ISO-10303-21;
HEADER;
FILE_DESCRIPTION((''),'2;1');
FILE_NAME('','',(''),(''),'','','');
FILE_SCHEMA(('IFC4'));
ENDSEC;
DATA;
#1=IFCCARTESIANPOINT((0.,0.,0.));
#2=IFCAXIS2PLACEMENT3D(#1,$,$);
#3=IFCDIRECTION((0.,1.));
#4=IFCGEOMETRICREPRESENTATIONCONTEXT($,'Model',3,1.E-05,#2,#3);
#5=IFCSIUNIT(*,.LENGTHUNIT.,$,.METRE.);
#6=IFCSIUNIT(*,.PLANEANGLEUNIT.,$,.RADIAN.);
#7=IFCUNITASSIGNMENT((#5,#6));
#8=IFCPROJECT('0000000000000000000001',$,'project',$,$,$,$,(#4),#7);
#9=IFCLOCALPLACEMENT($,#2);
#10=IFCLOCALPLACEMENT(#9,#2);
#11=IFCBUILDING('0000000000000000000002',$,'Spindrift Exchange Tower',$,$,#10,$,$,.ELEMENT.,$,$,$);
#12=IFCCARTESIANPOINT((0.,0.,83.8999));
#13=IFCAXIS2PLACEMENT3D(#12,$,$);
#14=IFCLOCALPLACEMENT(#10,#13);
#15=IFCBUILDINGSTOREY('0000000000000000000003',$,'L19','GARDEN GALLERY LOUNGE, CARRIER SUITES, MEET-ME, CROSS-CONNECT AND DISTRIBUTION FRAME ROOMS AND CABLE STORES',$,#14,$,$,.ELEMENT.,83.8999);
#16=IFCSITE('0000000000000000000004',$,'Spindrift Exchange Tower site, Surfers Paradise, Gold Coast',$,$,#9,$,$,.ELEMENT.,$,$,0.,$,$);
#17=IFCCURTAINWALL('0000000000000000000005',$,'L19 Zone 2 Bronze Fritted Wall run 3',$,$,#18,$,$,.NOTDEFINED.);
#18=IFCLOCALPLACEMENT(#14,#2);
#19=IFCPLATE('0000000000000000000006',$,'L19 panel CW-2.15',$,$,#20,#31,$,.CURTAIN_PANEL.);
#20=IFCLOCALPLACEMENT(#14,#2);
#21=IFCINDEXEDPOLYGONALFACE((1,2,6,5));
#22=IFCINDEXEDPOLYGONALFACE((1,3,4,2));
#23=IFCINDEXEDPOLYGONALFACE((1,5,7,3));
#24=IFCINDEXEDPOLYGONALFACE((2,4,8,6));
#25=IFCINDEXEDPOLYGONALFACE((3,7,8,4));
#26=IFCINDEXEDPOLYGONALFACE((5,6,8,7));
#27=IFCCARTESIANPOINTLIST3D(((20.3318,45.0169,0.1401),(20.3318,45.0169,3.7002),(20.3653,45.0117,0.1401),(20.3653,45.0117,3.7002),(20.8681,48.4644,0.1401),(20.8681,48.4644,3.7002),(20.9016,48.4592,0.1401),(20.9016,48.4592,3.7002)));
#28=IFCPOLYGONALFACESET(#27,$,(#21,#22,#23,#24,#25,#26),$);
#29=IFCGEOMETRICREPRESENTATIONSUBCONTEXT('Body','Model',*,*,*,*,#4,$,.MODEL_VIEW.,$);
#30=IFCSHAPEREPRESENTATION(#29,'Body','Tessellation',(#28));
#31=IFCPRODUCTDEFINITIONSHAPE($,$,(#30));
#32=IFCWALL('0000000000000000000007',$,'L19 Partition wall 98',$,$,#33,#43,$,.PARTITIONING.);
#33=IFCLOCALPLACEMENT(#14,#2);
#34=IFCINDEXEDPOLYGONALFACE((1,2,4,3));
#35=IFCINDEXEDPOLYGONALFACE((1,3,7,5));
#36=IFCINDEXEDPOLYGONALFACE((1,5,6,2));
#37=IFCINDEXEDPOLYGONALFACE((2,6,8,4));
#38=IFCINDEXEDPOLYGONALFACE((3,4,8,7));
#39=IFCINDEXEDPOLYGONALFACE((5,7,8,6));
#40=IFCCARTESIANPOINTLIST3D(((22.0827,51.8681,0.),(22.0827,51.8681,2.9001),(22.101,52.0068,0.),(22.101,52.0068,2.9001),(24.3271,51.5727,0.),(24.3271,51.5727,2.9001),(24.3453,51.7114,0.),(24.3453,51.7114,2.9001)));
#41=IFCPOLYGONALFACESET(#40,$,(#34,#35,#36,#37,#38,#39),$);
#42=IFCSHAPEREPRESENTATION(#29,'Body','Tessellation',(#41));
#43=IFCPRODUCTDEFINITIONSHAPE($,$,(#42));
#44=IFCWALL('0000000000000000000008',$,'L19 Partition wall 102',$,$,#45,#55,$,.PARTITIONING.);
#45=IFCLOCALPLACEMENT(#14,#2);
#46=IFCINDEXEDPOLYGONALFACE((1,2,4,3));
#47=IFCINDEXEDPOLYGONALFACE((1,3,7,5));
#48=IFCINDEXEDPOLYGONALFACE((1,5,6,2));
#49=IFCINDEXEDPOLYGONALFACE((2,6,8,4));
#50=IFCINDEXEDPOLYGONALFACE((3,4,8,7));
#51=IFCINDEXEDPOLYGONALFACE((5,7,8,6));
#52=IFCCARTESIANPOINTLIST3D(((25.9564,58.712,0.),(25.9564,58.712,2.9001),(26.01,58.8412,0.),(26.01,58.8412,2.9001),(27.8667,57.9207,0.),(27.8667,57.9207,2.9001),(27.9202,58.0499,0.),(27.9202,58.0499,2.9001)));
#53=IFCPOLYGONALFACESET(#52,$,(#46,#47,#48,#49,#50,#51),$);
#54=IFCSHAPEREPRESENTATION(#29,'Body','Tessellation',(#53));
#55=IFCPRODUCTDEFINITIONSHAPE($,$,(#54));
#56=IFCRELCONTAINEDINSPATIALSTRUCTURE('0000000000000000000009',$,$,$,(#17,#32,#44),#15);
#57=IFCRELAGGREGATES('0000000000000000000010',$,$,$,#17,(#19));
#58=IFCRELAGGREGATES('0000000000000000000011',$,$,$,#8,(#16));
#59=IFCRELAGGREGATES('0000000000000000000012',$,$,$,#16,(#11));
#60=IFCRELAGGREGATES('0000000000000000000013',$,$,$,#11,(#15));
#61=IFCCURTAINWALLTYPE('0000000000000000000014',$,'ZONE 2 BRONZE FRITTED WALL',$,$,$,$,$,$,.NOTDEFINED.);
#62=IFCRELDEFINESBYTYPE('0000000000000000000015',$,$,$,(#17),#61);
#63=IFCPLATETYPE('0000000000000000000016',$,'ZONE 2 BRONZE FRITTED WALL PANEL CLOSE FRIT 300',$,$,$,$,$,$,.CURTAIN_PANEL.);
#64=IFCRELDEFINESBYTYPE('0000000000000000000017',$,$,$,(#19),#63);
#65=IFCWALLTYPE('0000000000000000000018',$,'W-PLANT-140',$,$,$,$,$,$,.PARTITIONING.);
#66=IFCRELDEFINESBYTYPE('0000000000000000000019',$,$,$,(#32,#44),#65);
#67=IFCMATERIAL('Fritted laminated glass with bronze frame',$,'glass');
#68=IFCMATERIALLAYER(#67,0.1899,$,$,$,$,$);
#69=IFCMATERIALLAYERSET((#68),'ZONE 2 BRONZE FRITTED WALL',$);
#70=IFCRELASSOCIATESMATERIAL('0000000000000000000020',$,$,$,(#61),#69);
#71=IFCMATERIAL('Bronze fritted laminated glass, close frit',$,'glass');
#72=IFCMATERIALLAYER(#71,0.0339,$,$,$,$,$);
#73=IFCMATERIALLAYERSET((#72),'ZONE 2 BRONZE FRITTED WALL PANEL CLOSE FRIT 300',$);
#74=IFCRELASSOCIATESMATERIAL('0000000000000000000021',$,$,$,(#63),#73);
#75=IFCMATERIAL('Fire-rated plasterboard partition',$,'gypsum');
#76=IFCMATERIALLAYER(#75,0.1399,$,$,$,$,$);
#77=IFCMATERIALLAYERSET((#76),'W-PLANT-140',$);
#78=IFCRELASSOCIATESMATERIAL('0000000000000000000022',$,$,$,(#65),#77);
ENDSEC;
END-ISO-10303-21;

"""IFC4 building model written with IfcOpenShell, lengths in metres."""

from ifc_helpers import new_model, si_unit, direction, frame, frame_2d, origin, origin_2d, place, context, subcontext, project, spatial, rectangle, extrude, source, transform, mapped, material, layer, layer_set, type_object, element, aggregate, save


model = new_model("IFC4")

# Units and contexts
model_context = context("Model", 3, precision=1e-05, world=origin(), true_north=direction((0.0, 1.0)))
body_context = subcontext(model_context, "Body", "Model", "MODEL_VIEW")
ifc_project = project(units=[si_unit("LENGTHUNIT", "METRE"), si_unit("PLANEANGLEUNIT", "RADIAN")], contexts=[model_context])

# Site, building, storey
site_placement = place(None, origin())
site = spatial("IfcSite", under=ifc_project, at=site_placement, Name="Spindrift Exchange Tower site, Surfers Paradise, Gold Coast", CompositionType="ELEMENT", RefElevation=0.0)
building_placement = place(site_placement, origin())
building = spatial("IfcBuilding", under=site, at=building_placement, Name="Spindrift Exchange Tower", CompositionType="ELEMENT")
storey_placement = place(building_placement, frame((0.0, 0.0, 83.8999)))
storey = spatial("IfcBuildingStorey", under=building, at=storey_placement, Name="L19", Description="GARDEN GALLERY LOUNGE, CARRIER SUITES, MEET-ME, CROSS-CONNECT AND DISTRIBUTION FRAME ROOMS AND CABLE STORES", CompositionType="ELEMENT", Elevation=83.8999)

# Curtain wall
ifc_material_1 = material(Name="Fritted laminated glass with bronze frame", Category="glass")
ifc_layer_1 = layer(ifc_material_1, 0.1899)
ifc_layer_set_1 = layer_set([ifc_layer_1], Name="ZONE 2 BRONZE FRITTED WALL")
curtain_wall_type = type_object("IfcCurtainWallType", Name="ZONE 2 BRONZE FRITTED WALL", PredefinedType="NOTDEFINED", material=ifc_layer_set_1)
curtain_wall_1_placement = place(storey_placement, origin())
curtain_wall_1 = element("IfcCurtainWall", 1, at=curtain_wall_1_placement, inside=storey, type_object=curtain_wall_type, Name="L19 Zone 2 Bronze Fritted Wall run 3", PredefinedType="NOTDEFINED")

# Shared definitions
ifc_material_2 = material(Name="Bronze fritted laminated glass, close frit", Category="glass")

# Plate
ifc_layer_2 = layer(ifc_material_2, 0.0339)
ifc_layer_set_2 = layer_set([ifc_layer_2], Name="ZONE 2 BRONZE FRITTED WALL PANEL CLOSE FRIT 300")
plate_type_1 = type_object("IfcPlateType", Name="ZONE 2 BRONZE FRITTED WALL PANEL CLOSE FRIT 300", PredefinedType="CURTAIN_PANEL", material=ifc_layer_set_2)
shared_shape_1 = source(origin(), body_context, "Body", "SweptSolid", [
    extrude(rectangle(XDim=3.489, YDim=0.0339, at=origin_2d()), origin(), (0.0, 0.0, 1.0), 3.5601),
])
plate_1_placement = place(storey_placement, frame((20.6167, 46.738, 0.1401), z_axis=(0.0, 0.0, 1.0), x_axis=(-0.153729, -0.988113, 0.0)))
plate_1 = element("IfcPlate", 2, at=plate_1_placement, type_object=plate_type_1, Name="L19 panel CW-2.15", PredefinedType="CURTAIN_PANEL", context=body_context, shape_type="MappedRepresentation", body=[
    mapped(shared_shape_1, transform((0.0, 0.0, 0.0), scale=1.0)),
])
aggregate(curtain_wall_1, [plate_1])

# Walls
ifc_material_3 = material(Name="Fire-rated plasterboard partition", Category="gypsum")
ifc_layer_3 = layer(ifc_material_3, 0.1399)
ifc_layer_set_3 = layer_set([ifc_layer_3], Name="W-PLANT-140")
wall_type = type_object("IfcWallType", Name="W-PLANT-140", PredefinedType="PARTITIONING", material=ifc_layer_set_3)
wall_1_placement = place(storey_placement, frame((24.3362, 51.6421, 0.0), z_axis=(0.0, 0.0, 1.0), x_axis=(-0.991449, 0.130496, 0.0)))
element("IfcWall", 3, at=wall_1_placement, inside=storey, type_object=wall_type, Name="L19 Partition wall 98", PredefinedType="PARTITIONING", context=body_context, shape_type="SweptSolid", body=[
    extrude(rectangle(XDim=2.2637, YDim=0.1399, at=frame_2d((1.1318, 0.0))), origin(), (0.0, 0.0, 1.0), 2.9001),
])
wall_2_placement = place(storey_placement, frame((27.8933, 57.9854, 0.0), z_axis=(0.0, 0.0, 1.0), x_axis=(-0.923871, 0.382703, 0.0)))
element("IfcWall", 4, at=wall_2_placement, inside=storey, type_object=wall_type, Name="L19 Partition wall 102", PredefinedType="PARTITIONING", context=body_context, shape_type="SweptSolid", body=[
    extrude(rectangle(XDim=2.0676, YDim=0.1399, at=frame_2d((1.0337, 0.0))), origin(), (0.0, 0.0, 1.0), 2.9001),
])

save(model, "model.ifc")
